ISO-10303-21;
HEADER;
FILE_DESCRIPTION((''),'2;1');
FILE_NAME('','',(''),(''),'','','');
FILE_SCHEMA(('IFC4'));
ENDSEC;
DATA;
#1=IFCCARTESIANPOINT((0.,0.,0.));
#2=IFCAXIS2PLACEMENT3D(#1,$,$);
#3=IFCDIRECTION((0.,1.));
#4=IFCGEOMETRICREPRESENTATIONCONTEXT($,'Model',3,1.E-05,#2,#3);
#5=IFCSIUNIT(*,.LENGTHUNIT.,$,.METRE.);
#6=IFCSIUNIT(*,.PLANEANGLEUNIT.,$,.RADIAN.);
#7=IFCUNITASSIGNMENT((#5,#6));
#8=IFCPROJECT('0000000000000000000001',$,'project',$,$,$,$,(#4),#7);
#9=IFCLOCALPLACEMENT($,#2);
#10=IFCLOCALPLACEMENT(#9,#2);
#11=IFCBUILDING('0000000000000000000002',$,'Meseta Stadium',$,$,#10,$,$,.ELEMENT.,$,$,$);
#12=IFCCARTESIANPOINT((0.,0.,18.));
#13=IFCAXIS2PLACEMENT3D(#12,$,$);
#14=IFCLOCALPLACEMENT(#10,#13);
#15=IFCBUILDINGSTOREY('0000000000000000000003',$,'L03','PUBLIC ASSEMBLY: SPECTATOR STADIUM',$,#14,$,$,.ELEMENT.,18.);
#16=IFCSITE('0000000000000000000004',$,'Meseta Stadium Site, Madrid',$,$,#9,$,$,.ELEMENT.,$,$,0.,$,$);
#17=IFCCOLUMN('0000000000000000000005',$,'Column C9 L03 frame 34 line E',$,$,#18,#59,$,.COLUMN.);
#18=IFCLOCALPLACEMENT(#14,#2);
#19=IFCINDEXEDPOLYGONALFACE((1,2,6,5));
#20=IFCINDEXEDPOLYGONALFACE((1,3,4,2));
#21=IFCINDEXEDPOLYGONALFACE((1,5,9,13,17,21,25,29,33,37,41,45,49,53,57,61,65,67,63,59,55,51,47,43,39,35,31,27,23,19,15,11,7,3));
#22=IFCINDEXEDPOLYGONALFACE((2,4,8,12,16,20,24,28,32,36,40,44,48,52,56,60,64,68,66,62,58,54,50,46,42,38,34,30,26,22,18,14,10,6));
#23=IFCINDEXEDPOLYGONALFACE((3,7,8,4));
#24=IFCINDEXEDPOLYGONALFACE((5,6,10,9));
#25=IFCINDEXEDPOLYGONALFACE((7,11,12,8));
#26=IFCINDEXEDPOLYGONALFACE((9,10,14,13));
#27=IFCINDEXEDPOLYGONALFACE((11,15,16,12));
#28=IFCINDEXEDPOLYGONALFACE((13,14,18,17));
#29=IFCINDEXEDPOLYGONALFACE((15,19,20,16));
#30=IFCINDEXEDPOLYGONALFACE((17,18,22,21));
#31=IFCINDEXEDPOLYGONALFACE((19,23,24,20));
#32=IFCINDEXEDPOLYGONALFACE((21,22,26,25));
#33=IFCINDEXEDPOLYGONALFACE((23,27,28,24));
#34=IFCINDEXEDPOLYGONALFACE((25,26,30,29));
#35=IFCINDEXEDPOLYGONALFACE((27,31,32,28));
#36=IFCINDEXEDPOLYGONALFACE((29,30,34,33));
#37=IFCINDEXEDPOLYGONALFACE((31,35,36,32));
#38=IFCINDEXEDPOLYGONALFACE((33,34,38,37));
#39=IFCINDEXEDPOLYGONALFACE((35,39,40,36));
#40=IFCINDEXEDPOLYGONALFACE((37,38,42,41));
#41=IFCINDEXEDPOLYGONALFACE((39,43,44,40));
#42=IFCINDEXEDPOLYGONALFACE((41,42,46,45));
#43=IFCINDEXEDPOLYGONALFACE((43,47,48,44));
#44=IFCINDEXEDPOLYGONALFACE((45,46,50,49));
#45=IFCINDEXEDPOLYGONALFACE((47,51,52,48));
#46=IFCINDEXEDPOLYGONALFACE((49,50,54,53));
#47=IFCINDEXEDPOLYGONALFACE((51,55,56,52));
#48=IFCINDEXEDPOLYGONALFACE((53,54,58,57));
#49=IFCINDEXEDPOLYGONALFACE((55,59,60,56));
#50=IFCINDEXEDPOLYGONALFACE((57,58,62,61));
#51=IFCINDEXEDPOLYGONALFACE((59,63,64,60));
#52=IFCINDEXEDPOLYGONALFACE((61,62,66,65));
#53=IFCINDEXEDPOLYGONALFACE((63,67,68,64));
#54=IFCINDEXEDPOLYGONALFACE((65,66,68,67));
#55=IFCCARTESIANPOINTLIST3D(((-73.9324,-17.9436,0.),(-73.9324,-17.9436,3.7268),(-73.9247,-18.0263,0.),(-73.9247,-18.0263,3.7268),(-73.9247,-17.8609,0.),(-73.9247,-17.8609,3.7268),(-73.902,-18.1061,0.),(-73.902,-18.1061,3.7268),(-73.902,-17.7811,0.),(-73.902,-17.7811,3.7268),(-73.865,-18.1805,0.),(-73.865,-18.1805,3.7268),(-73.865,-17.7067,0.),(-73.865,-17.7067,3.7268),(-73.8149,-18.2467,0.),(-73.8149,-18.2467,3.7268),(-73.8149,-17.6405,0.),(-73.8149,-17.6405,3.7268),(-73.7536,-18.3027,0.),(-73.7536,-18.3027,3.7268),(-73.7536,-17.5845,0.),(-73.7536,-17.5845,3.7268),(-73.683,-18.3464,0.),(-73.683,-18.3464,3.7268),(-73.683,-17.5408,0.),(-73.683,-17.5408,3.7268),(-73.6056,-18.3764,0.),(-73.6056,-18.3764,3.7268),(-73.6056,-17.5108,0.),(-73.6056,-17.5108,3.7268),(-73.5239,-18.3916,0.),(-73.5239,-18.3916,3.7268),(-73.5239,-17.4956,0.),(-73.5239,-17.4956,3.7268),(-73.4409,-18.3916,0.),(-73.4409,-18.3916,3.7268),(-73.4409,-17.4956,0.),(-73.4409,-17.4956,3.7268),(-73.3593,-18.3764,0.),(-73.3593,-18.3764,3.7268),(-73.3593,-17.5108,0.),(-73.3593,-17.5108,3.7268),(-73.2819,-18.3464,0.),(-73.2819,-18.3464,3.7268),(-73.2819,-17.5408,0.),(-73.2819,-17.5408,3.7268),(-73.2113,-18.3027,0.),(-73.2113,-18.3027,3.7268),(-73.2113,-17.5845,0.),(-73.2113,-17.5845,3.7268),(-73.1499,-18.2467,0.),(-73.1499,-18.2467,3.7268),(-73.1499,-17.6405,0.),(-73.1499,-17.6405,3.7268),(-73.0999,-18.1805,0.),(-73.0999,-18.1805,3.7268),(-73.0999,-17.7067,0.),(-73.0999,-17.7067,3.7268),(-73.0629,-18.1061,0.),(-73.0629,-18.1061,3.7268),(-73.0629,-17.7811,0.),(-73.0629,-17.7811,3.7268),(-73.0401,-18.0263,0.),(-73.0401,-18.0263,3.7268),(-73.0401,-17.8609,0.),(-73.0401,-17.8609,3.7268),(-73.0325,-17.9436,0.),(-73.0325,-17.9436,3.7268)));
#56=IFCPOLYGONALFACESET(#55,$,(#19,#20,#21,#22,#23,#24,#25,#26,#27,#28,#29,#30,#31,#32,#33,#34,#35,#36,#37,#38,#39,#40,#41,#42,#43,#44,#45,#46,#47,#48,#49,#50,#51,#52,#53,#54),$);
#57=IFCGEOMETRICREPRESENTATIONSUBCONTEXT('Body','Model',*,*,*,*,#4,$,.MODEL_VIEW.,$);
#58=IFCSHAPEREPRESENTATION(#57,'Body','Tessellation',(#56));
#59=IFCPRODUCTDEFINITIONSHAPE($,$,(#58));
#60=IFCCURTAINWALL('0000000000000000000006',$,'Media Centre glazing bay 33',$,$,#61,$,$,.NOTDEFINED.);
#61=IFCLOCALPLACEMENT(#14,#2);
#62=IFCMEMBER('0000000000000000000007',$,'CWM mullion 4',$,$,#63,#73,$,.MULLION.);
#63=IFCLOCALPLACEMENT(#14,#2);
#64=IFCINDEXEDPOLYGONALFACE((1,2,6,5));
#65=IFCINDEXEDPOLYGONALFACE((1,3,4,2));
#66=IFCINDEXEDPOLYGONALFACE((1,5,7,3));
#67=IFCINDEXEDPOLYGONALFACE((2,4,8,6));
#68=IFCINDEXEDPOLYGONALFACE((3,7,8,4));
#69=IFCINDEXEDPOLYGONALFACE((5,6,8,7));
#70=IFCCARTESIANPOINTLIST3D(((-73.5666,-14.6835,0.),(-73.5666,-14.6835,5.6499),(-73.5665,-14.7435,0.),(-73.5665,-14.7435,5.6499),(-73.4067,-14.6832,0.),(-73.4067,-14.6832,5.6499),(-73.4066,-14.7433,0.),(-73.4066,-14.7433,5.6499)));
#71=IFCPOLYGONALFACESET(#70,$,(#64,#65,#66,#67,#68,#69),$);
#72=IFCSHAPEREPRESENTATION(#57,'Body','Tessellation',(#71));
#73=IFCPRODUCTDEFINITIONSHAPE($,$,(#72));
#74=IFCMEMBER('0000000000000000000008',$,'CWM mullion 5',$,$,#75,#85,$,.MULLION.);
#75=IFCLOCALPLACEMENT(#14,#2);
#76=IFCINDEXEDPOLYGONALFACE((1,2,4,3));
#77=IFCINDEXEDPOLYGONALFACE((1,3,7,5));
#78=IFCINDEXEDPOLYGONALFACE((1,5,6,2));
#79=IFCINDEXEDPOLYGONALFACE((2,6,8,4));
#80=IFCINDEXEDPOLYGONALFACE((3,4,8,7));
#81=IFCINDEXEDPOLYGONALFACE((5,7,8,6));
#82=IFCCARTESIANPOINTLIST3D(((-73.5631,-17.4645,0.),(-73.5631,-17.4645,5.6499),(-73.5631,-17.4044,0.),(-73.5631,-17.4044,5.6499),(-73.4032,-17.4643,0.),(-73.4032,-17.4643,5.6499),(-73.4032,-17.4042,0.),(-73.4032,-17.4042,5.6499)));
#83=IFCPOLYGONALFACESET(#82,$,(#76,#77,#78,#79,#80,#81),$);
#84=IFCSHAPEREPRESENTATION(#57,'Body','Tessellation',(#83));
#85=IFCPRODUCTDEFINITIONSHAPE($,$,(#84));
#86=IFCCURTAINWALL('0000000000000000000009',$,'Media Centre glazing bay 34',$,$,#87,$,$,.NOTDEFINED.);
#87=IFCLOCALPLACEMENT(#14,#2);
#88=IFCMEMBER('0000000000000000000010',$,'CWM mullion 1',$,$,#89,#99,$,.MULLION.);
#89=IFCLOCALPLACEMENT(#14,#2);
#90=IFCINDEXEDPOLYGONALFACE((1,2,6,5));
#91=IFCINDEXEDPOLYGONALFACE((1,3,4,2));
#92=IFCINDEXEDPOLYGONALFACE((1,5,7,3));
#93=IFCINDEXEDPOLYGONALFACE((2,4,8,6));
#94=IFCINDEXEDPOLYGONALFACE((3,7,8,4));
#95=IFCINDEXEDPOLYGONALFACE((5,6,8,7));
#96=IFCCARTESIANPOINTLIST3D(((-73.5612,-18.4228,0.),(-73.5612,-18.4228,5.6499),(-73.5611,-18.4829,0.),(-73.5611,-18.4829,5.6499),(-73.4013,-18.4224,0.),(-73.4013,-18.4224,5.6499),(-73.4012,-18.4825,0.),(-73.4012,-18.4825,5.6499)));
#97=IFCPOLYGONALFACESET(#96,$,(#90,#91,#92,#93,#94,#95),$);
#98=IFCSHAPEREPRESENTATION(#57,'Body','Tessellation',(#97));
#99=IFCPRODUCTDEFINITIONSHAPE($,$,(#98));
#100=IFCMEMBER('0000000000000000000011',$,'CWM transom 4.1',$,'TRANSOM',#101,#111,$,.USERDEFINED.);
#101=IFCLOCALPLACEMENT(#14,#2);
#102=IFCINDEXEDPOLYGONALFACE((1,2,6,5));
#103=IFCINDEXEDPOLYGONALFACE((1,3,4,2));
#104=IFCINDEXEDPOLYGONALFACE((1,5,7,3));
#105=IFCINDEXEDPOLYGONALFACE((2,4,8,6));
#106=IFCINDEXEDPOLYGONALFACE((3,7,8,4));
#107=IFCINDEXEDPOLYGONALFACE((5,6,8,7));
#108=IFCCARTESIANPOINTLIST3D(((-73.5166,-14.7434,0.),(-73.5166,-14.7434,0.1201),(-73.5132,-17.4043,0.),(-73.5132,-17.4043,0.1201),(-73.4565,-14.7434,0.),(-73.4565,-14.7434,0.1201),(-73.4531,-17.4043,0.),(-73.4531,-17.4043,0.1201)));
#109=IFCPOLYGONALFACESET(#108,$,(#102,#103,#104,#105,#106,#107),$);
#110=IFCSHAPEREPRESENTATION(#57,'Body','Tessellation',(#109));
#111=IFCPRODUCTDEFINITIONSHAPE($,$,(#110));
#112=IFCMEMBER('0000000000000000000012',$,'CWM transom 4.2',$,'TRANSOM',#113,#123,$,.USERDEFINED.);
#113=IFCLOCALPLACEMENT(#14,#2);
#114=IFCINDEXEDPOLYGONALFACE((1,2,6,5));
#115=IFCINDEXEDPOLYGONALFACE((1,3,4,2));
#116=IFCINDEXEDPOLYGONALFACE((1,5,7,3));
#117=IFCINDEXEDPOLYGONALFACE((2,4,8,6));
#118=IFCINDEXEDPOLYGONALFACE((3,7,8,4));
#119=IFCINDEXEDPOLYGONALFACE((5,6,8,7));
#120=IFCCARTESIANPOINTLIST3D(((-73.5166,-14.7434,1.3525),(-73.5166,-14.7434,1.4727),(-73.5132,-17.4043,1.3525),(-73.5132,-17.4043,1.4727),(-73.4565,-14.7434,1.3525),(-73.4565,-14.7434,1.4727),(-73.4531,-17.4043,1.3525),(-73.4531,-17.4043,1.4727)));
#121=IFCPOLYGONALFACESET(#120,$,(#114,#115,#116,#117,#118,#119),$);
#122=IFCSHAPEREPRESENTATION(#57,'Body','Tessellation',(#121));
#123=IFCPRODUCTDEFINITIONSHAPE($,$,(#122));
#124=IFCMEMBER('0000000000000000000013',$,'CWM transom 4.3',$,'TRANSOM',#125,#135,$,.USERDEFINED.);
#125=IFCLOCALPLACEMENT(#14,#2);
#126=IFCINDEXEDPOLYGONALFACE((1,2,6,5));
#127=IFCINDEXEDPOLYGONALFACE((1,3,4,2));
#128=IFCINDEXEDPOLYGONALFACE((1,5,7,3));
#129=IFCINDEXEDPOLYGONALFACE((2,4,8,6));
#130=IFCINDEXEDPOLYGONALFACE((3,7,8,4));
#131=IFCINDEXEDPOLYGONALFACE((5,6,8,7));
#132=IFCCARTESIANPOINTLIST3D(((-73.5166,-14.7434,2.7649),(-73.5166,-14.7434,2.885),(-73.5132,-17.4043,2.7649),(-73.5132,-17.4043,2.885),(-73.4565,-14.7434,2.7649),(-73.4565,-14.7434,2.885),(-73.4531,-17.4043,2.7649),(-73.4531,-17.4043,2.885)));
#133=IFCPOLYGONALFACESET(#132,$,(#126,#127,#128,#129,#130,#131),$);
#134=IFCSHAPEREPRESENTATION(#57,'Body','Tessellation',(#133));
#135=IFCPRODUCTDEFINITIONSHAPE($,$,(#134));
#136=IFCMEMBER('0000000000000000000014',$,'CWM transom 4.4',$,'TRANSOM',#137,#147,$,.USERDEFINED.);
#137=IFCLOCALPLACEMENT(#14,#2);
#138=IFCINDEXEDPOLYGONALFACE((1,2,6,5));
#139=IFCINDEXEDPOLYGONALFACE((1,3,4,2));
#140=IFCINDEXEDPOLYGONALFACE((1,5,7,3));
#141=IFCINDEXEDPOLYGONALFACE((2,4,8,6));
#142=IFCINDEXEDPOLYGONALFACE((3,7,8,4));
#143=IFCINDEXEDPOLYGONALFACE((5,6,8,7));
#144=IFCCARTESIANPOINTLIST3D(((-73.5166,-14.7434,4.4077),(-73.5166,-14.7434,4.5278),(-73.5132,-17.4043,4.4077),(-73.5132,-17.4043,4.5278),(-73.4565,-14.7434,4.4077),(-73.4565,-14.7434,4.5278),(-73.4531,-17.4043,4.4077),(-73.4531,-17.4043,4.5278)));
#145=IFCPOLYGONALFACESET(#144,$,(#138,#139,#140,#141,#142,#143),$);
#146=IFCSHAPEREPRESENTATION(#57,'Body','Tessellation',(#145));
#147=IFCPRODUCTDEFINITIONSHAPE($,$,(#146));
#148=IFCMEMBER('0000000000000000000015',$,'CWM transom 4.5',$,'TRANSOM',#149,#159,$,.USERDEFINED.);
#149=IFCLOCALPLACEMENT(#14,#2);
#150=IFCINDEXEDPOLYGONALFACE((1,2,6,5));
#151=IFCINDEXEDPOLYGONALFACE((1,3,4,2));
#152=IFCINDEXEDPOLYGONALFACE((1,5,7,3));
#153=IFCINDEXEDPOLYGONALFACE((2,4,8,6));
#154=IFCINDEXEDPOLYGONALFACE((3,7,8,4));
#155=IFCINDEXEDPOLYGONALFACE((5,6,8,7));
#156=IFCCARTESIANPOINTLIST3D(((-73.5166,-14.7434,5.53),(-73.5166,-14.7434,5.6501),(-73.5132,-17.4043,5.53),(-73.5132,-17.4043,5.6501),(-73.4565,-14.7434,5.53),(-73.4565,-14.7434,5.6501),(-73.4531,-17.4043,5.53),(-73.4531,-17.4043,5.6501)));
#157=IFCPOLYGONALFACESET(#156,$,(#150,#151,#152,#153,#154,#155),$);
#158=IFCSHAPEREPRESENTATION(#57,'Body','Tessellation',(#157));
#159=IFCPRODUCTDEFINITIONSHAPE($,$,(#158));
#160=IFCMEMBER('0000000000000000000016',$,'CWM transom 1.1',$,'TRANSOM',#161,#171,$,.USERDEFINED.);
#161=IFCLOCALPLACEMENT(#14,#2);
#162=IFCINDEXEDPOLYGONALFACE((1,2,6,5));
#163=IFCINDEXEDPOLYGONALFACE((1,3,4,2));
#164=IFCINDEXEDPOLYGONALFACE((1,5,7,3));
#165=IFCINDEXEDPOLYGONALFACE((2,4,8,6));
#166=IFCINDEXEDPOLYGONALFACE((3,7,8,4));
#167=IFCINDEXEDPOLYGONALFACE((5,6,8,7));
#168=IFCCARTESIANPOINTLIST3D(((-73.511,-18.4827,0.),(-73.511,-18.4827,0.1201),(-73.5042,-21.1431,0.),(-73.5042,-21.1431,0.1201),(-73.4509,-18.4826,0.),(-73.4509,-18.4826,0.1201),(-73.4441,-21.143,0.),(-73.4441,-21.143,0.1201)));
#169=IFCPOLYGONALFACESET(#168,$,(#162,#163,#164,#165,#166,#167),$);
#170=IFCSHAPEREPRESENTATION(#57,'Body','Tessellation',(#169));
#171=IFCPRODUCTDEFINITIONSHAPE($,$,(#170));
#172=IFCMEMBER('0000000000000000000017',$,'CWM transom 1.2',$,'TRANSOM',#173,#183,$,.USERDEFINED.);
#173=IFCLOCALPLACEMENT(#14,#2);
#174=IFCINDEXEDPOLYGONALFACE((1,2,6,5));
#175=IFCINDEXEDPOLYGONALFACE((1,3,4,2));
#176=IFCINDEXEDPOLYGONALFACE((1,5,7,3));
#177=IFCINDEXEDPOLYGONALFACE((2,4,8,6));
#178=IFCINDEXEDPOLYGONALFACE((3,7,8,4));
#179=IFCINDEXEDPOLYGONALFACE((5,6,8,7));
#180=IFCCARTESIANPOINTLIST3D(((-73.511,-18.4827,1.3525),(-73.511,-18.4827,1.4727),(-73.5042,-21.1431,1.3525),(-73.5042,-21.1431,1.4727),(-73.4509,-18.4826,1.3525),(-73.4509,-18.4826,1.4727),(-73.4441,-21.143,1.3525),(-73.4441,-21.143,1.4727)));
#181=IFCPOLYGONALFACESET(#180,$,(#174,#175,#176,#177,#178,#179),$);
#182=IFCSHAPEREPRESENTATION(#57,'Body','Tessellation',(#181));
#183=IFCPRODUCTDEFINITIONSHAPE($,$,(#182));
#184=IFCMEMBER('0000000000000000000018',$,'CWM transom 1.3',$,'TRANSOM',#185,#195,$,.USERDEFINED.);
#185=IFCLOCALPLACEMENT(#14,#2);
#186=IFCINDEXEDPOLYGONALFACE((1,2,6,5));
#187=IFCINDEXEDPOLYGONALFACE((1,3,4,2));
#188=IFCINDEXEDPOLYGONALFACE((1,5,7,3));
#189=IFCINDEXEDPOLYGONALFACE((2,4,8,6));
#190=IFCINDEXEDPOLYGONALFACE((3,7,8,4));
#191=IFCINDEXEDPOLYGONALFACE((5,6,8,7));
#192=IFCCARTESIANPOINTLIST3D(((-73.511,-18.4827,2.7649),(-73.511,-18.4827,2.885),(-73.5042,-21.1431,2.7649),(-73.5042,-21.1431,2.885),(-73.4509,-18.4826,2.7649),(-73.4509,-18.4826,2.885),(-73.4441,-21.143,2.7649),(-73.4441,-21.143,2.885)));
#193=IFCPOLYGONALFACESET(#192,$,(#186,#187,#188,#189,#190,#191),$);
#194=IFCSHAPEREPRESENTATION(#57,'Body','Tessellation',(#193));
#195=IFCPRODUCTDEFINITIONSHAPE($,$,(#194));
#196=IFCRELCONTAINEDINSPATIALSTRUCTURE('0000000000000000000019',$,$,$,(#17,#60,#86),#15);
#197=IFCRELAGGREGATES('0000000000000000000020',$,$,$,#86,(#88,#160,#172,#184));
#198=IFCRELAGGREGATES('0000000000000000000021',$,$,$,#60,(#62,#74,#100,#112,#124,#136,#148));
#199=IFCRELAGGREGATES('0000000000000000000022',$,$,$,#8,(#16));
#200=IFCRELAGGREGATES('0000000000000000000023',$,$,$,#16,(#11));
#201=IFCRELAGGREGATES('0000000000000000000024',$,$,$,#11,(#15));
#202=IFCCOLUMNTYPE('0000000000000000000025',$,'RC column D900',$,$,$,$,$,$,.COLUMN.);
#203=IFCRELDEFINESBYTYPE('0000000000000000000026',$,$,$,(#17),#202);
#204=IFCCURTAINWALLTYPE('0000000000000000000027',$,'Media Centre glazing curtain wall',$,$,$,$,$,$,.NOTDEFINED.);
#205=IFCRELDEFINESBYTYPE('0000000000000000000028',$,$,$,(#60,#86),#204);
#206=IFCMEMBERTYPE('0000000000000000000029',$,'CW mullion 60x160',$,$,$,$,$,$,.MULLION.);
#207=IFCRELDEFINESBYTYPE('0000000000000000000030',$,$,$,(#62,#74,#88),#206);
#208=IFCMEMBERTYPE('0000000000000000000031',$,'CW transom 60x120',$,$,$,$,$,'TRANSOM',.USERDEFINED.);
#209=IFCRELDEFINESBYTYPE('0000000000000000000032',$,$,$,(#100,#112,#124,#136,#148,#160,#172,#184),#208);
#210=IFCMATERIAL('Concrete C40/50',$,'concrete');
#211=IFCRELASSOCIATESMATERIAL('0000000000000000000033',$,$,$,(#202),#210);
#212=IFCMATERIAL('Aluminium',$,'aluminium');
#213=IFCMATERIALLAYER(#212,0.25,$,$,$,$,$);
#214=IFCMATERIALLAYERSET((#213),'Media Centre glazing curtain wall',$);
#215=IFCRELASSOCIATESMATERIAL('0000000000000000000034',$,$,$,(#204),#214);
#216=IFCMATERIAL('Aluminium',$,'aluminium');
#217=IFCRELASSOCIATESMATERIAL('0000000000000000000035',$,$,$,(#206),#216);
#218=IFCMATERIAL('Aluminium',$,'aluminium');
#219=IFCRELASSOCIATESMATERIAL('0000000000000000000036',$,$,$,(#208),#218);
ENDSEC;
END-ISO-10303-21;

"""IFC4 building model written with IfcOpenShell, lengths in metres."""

from ifc_helpers import new_model, si_unit, direction, frame, origin, origin_2d, place, context, subcontext, project, spatial, rectangle, circle, extrude, material, layer, layer_set, material_profile, profile_set, type_object, element, aggregate, save


model = new_model("IFC4")

# Units and contexts
model_context = context("Model", 3, precision=1e-05, world=origin(), true_north=direction((0.0, 1.0)))
body_context = subcontext(model_context, "Body", "Model", "MODEL_VIEW")
ifc_project = project(units=[si_unit("LENGTHUNIT", "METRE"), si_unit("PLANEANGLEUNIT", "RADIAN")], contexts=[model_context])

# Site, building, storey
site_placement = place(None, origin())
site = spatial("IfcSite", under=ifc_project, at=site_placement, Name="Meseta Stadium Site, Madrid", CompositionType="ELEMENT", RefElevation=0.0)
building_placement = place(site_placement, origin())
building = spatial("IfcBuilding", under=site, at=building_placement, Name="Meseta Stadium", CompositionType="ELEMENT")
storey_placement = place(building_placement, frame((0.0, 0.0, 18.0)))
storey = spatial("IfcBuildingStorey", under=building, at=storey_placement, Name="L03", Description="PUBLIC ASSEMBLY: SPECTATOR STADIUM", CompositionType="ELEMENT", Elevation=18.0)

# Column
ifc_material_1 = material(Name="Concrete C40/50", Category="concrete")
ifc_material_profile_1 = material_profile(ifc_material_1, circle(Radius=0.45, at=origin_2d()), Name="RC D900")
ifc_profile_set_1 = profile_set([ifc_material_profile_1], Name="Concrete C40/50")
column_type = type_object("IfcColumnType", Name="RC column D900", PredefinedType="COLUMN", material=ifc_profile_set_1)
column_placement = place(storey_placement, frame((-73.4824, -17.9436, 0.0), z_axis=(0.0, 0.0, 1.0), x_axis=(1.0, 0.0, 0.0)))
element("IfcColumn", 1, at=column_placement, inside=storey, type_object=column_type, Name="Column C9 L03 frame 34 line E", PredefinedType="COLUMN", context=body_context, shape_type="SweptSolid", body=[
    extrude(circle(Radius=0.45, at=origin_2d()), origin(), (0.0, 0.0, 1.0), 3.7268),
])

# Curtain wall, members
ifc_material_2 = material(Name="Aluminium", Category="aluminium")
ifc_layer_1 = layer(ifc_material_2, 0.25)
ifc_layer_set_1 = layer_set([ifc_layer_1], Name="Media Centre glazing curtain wall")
curtain_wall_type = type_object("IfcCurtainWallType", Name="Media Centre glazing curtain wall", PredefinedType="NOTDEFINED", material=ifc_layer_set_1)
curtain_wall_1_placement = place(storey_placement, origin())
curtain_wall_1 = element("IfcCurtainWall", 2, at=curtain_wall_1_placement, inside=storey, type_object=curtain_wall_type, Name="Media Centre glazing bay 33", PredefinedType="NOTDEFINED")
ifc_material_3 = material(Name="Aluminium", Category="aluminium")
ifc_material_profile_2 = material_profile(ifc_material_3, rectangle(XDim=0.1599, YDim=0.0601, at=origin_2d()), Name="CW 160x60")
ifc_profile_set_2 = profile_set([ifc_material_profile_2], Name="Aluminium")
member_type_1 = type_object("IfcMemberType", Name="CW mullion 60x160", PredefinedType="MULLION", material=ifc_profile_set_2)
member_1_placement = place(storey_placement, frame((-73.4866, -14.7134, 0.0), z_axis=(0.0, 0.0, 1.0), x_axis=(0.999999, 0.001305, 0.0)))
member_1 = element("IfcMember", 3, at=member_1_placement, type_object=member_type_1, Name="CWM mullion 4", PredefinedType="MULLION", context=body_context, shape_type="SweptSolid", body=[
    extrude(rectangle(XDim=0.1599, YDim=0.0601, at=origin_2d()), origin(), (0.0, 0.0, 1.0), 5.6499),
])
member_2_placement = place(storey_placement, frame((-73.4832, -17.4343, 0.0), z_axis=(0.0, 0.0, 1.0), x_axis=(0.999999, 0.001305, 0.0)))
member_2 = element("IfcMember", 4, at=member_2_placement, type_object=member_type_1, Name="CWM mullion 5", PredefinedType="MULLION", context=body_context, shape_type="SweptSolid", body=[
    extrude(rectangle(XDim=0.1599, YDim=0.0601, at=origin_2d()), origin(), (0.0, 0.0, 1.0), 5.6499),
])

# Curtain wall, member
curtain_wall_2_placement = place(storey_placement, origin())
curtain_wall_2 = element("IfcCurtainWall", 5, at=curtain_wall_2_placement, inside=storey, type_object=curtain_wall_type, Name="Media Centre glazing bay 34", PredefinedType="NOTDEFINED")
member_3_placement = place(storey_placement, frame((-73.4812, -18.4526, 0.0), z_axis=(0.0, 0.0, 1.0), x_axis=(0.999997, 0.002606, 0.0)))
member_3 = element("IfcMember", 6, at=member_3_placement, type_object=member_type_1, Name="CWM mullion 1", PredefinedType="MULLION", context=body_context, shape_type="SweptSolid", body=[
    extrude(rectangle(XDim=0.1599, YDim=0.0601, at=origin_2d()), origin(), (0.0, 0.0, 1.0), 5.6499),
])

# Members
ifc_material_4 = material(Name="Aluminium", Category="aluminium")
ifc_material_profile_3 = material_profile(ifc_material_4, rectangle(XDim=0.0601, YDim=0.1201, at=origin_2d()), Name="CW 60x120")
ifc_profile_set_3 = profile_set([ifc_material_profile_3], Name="Aluminium")
member_type_2 = type_object("IfcMemberType", Name="CW transom 60x120", ElementType="TRANSOM", PredefinedType="USERDEFINED", material=ifc_profile_set_3)
member_4_placement = place(storey_placement, frame((-73.4866, -14.7434, 0.0601), z_axis=(0.001285, -0.999999, 0.0), x_axis=(0.999999, 0.001285, 0.0)))
member_4 = element("IfcMember", 7, at=member_4_placement, type_object=member_type_2, Name="CWM transom 4.1", ObjectType="TRANSOM", PredefinedType="USERDEFINED", context=body_context, shape_type="SweptSolid", body=[
    extrude(rectangle(XDim=0.0601, YDim=0.1201, at=origin_2d()), origin(), (0.0, 0.0, 1.0), 2.6609),
])
member_5_placement = place(storey_placement, frame((-73.4866, -14.7434, 1.4126), z_axis=(0.001285, -0.999999, 0.0), x_axis=(0.999999, 0.001285, 0.0)))
member_5 = element("IfcMember", 8, at=member_5_placement, type_object=member_type_2, Name="CWM transom 4.2", ObjectType="TRANSOM", PredefinedType="USERDEFINED", context=body_context, shape_type="SweptSolid", body=[
    extrude(rectangle(XDim=0.0601, YDim=0.1201, at=origin_2d()), origin(), (0.0, 0.0, 1.0), 2.6609),
])
member_6_placement = place(storey_placement, frame((-73.4866, -14.7434, 2.825), z_axis=(0.001285, -0.999999, 0.0), x_axis=(0.999999, 0.001285, 0.0)))
member_6 = element("IfcMember", 9, at=member_6_placement, type_object=member_type_2, Name="CWM transom 4.3", ObjectType="TRANSOM", PredefinedType="USERDEFINED", context=body_context, shape_type="SweptSolid", body=[
    extrude(rectangle(XDim=0.0601, YDim=0.1201, at=origin_2d()), origin(), (0.0, 0.0, 1.0), 2.6609),
])
member_7_placement = place(storey_placement, frame((-73.4866, -14.7434, 4.4678), z_axis=(0.001285, -0.999999, 0.0), x_axis=(0.999999, 0.001285, 0.0)))
member_7 = element("IfcMember", 10, at=member_7_placement, type_object=member_type_2, Name="CWM transom 4.4", ObjectType="TRANSOM", PredefinedType="USERDEFINED", context=body_context, shape_type="SweptSolid", body=[
    extrude(rectangle(XDim=0.0601, YDim=0.1201, at=origin_2d()), origin(), (0.0, 0.0, 1.0), 2.6609),
])
member_8_placement = place(storey_placement, frame((-73.4866, -14.7434, 5.5901), z_axis=(0.001285, -0.999999, 0.0), x_axis=(0.999999, 0.001285, 0.0)))
member_8 = element("IfcMember", 11, at=member_8_placement, type_object=member_type_2, Name="CWM transom 4.5", ObjectType="TRANSOM", PredefinedType="USERDEFINED", context=body_context, shape_type="SweptSolid", body=[
    extrude(rectangle(XDim=0.0601, YDim=0.1201, at=origin_2d()), origin(), (0.0, 0.0, 1.0), 2.6609),
])
member_9_placement = place(storey_placement, frame((-73.481, -18.4827, 0.0601), z_axis=(0.00257, -0.999997, 0.0), x_axis=(0.999997, 0.00257, 0.0)))
member_9 = element("IfcMember", 12, at=member_9_placement, type_object=member_type_2, Name="CWM transom 1.1", ObjectType="TRANSOM", PredefinedType="USERDEFINED", context=body_context, shape_type="SweptSolid", body=[
    extrude(rectangle(XDim=0.0601, YDim=0.1201, at=origin_2d()), origin(), (0.0, 0.0, 1.0), 2.6604),
])
member_10_placement = place(storey_placement, frame((-73.481, -18.4827, 1.4126), z_axis=(0.00257, -0.999997, 0.0), x_axis=(0.999997, 0.00257, 0.0)))
member_10 = element("IfcMember", 13, at=member_10_placement, type_object=member_type_2, Name="CWM transom 1.2", ObjectType="TRANSOM", PredefinedType="USERDEFINED", context=body_context, shape_type="SweptSolid", body=[
    extrude(rectangle(XDim=0.0601, YDim=0.1201, at=origin_2d()), origin(), (0.0, 0.0, 1.0), 2.6604),
])
member_11_placement = place(storey_placement, frame((-73.481, -18.4827, 2.825), z_axis=(0.00257, -0.999997, 0.0), x_axis=(0.999997, 0.00257, 0.0)))
member_11 = element("IfcMember", 14, at=member_11_placement, type_object=member_type_2, Name="CWM transom 1.3", ObjectType="TRANSOM", PredefinedType="USERDEFINED", context=body_context, shape_type="SweptSolid", body=[
    extrude(rectangle(XDim=0.0601, YDim=0.1201, at=origin_2d()), origin(), (0.0, 0.0, 1.0), 2.6604),
])
aggregate(curtain_wall_2, [member_3, member_9, member_10, member_11])

aggregate(curtain_wall_1, [member_1, member_2, member_4, member_5, member_6, member_7, member_8])

save(model, "model.ifc")
